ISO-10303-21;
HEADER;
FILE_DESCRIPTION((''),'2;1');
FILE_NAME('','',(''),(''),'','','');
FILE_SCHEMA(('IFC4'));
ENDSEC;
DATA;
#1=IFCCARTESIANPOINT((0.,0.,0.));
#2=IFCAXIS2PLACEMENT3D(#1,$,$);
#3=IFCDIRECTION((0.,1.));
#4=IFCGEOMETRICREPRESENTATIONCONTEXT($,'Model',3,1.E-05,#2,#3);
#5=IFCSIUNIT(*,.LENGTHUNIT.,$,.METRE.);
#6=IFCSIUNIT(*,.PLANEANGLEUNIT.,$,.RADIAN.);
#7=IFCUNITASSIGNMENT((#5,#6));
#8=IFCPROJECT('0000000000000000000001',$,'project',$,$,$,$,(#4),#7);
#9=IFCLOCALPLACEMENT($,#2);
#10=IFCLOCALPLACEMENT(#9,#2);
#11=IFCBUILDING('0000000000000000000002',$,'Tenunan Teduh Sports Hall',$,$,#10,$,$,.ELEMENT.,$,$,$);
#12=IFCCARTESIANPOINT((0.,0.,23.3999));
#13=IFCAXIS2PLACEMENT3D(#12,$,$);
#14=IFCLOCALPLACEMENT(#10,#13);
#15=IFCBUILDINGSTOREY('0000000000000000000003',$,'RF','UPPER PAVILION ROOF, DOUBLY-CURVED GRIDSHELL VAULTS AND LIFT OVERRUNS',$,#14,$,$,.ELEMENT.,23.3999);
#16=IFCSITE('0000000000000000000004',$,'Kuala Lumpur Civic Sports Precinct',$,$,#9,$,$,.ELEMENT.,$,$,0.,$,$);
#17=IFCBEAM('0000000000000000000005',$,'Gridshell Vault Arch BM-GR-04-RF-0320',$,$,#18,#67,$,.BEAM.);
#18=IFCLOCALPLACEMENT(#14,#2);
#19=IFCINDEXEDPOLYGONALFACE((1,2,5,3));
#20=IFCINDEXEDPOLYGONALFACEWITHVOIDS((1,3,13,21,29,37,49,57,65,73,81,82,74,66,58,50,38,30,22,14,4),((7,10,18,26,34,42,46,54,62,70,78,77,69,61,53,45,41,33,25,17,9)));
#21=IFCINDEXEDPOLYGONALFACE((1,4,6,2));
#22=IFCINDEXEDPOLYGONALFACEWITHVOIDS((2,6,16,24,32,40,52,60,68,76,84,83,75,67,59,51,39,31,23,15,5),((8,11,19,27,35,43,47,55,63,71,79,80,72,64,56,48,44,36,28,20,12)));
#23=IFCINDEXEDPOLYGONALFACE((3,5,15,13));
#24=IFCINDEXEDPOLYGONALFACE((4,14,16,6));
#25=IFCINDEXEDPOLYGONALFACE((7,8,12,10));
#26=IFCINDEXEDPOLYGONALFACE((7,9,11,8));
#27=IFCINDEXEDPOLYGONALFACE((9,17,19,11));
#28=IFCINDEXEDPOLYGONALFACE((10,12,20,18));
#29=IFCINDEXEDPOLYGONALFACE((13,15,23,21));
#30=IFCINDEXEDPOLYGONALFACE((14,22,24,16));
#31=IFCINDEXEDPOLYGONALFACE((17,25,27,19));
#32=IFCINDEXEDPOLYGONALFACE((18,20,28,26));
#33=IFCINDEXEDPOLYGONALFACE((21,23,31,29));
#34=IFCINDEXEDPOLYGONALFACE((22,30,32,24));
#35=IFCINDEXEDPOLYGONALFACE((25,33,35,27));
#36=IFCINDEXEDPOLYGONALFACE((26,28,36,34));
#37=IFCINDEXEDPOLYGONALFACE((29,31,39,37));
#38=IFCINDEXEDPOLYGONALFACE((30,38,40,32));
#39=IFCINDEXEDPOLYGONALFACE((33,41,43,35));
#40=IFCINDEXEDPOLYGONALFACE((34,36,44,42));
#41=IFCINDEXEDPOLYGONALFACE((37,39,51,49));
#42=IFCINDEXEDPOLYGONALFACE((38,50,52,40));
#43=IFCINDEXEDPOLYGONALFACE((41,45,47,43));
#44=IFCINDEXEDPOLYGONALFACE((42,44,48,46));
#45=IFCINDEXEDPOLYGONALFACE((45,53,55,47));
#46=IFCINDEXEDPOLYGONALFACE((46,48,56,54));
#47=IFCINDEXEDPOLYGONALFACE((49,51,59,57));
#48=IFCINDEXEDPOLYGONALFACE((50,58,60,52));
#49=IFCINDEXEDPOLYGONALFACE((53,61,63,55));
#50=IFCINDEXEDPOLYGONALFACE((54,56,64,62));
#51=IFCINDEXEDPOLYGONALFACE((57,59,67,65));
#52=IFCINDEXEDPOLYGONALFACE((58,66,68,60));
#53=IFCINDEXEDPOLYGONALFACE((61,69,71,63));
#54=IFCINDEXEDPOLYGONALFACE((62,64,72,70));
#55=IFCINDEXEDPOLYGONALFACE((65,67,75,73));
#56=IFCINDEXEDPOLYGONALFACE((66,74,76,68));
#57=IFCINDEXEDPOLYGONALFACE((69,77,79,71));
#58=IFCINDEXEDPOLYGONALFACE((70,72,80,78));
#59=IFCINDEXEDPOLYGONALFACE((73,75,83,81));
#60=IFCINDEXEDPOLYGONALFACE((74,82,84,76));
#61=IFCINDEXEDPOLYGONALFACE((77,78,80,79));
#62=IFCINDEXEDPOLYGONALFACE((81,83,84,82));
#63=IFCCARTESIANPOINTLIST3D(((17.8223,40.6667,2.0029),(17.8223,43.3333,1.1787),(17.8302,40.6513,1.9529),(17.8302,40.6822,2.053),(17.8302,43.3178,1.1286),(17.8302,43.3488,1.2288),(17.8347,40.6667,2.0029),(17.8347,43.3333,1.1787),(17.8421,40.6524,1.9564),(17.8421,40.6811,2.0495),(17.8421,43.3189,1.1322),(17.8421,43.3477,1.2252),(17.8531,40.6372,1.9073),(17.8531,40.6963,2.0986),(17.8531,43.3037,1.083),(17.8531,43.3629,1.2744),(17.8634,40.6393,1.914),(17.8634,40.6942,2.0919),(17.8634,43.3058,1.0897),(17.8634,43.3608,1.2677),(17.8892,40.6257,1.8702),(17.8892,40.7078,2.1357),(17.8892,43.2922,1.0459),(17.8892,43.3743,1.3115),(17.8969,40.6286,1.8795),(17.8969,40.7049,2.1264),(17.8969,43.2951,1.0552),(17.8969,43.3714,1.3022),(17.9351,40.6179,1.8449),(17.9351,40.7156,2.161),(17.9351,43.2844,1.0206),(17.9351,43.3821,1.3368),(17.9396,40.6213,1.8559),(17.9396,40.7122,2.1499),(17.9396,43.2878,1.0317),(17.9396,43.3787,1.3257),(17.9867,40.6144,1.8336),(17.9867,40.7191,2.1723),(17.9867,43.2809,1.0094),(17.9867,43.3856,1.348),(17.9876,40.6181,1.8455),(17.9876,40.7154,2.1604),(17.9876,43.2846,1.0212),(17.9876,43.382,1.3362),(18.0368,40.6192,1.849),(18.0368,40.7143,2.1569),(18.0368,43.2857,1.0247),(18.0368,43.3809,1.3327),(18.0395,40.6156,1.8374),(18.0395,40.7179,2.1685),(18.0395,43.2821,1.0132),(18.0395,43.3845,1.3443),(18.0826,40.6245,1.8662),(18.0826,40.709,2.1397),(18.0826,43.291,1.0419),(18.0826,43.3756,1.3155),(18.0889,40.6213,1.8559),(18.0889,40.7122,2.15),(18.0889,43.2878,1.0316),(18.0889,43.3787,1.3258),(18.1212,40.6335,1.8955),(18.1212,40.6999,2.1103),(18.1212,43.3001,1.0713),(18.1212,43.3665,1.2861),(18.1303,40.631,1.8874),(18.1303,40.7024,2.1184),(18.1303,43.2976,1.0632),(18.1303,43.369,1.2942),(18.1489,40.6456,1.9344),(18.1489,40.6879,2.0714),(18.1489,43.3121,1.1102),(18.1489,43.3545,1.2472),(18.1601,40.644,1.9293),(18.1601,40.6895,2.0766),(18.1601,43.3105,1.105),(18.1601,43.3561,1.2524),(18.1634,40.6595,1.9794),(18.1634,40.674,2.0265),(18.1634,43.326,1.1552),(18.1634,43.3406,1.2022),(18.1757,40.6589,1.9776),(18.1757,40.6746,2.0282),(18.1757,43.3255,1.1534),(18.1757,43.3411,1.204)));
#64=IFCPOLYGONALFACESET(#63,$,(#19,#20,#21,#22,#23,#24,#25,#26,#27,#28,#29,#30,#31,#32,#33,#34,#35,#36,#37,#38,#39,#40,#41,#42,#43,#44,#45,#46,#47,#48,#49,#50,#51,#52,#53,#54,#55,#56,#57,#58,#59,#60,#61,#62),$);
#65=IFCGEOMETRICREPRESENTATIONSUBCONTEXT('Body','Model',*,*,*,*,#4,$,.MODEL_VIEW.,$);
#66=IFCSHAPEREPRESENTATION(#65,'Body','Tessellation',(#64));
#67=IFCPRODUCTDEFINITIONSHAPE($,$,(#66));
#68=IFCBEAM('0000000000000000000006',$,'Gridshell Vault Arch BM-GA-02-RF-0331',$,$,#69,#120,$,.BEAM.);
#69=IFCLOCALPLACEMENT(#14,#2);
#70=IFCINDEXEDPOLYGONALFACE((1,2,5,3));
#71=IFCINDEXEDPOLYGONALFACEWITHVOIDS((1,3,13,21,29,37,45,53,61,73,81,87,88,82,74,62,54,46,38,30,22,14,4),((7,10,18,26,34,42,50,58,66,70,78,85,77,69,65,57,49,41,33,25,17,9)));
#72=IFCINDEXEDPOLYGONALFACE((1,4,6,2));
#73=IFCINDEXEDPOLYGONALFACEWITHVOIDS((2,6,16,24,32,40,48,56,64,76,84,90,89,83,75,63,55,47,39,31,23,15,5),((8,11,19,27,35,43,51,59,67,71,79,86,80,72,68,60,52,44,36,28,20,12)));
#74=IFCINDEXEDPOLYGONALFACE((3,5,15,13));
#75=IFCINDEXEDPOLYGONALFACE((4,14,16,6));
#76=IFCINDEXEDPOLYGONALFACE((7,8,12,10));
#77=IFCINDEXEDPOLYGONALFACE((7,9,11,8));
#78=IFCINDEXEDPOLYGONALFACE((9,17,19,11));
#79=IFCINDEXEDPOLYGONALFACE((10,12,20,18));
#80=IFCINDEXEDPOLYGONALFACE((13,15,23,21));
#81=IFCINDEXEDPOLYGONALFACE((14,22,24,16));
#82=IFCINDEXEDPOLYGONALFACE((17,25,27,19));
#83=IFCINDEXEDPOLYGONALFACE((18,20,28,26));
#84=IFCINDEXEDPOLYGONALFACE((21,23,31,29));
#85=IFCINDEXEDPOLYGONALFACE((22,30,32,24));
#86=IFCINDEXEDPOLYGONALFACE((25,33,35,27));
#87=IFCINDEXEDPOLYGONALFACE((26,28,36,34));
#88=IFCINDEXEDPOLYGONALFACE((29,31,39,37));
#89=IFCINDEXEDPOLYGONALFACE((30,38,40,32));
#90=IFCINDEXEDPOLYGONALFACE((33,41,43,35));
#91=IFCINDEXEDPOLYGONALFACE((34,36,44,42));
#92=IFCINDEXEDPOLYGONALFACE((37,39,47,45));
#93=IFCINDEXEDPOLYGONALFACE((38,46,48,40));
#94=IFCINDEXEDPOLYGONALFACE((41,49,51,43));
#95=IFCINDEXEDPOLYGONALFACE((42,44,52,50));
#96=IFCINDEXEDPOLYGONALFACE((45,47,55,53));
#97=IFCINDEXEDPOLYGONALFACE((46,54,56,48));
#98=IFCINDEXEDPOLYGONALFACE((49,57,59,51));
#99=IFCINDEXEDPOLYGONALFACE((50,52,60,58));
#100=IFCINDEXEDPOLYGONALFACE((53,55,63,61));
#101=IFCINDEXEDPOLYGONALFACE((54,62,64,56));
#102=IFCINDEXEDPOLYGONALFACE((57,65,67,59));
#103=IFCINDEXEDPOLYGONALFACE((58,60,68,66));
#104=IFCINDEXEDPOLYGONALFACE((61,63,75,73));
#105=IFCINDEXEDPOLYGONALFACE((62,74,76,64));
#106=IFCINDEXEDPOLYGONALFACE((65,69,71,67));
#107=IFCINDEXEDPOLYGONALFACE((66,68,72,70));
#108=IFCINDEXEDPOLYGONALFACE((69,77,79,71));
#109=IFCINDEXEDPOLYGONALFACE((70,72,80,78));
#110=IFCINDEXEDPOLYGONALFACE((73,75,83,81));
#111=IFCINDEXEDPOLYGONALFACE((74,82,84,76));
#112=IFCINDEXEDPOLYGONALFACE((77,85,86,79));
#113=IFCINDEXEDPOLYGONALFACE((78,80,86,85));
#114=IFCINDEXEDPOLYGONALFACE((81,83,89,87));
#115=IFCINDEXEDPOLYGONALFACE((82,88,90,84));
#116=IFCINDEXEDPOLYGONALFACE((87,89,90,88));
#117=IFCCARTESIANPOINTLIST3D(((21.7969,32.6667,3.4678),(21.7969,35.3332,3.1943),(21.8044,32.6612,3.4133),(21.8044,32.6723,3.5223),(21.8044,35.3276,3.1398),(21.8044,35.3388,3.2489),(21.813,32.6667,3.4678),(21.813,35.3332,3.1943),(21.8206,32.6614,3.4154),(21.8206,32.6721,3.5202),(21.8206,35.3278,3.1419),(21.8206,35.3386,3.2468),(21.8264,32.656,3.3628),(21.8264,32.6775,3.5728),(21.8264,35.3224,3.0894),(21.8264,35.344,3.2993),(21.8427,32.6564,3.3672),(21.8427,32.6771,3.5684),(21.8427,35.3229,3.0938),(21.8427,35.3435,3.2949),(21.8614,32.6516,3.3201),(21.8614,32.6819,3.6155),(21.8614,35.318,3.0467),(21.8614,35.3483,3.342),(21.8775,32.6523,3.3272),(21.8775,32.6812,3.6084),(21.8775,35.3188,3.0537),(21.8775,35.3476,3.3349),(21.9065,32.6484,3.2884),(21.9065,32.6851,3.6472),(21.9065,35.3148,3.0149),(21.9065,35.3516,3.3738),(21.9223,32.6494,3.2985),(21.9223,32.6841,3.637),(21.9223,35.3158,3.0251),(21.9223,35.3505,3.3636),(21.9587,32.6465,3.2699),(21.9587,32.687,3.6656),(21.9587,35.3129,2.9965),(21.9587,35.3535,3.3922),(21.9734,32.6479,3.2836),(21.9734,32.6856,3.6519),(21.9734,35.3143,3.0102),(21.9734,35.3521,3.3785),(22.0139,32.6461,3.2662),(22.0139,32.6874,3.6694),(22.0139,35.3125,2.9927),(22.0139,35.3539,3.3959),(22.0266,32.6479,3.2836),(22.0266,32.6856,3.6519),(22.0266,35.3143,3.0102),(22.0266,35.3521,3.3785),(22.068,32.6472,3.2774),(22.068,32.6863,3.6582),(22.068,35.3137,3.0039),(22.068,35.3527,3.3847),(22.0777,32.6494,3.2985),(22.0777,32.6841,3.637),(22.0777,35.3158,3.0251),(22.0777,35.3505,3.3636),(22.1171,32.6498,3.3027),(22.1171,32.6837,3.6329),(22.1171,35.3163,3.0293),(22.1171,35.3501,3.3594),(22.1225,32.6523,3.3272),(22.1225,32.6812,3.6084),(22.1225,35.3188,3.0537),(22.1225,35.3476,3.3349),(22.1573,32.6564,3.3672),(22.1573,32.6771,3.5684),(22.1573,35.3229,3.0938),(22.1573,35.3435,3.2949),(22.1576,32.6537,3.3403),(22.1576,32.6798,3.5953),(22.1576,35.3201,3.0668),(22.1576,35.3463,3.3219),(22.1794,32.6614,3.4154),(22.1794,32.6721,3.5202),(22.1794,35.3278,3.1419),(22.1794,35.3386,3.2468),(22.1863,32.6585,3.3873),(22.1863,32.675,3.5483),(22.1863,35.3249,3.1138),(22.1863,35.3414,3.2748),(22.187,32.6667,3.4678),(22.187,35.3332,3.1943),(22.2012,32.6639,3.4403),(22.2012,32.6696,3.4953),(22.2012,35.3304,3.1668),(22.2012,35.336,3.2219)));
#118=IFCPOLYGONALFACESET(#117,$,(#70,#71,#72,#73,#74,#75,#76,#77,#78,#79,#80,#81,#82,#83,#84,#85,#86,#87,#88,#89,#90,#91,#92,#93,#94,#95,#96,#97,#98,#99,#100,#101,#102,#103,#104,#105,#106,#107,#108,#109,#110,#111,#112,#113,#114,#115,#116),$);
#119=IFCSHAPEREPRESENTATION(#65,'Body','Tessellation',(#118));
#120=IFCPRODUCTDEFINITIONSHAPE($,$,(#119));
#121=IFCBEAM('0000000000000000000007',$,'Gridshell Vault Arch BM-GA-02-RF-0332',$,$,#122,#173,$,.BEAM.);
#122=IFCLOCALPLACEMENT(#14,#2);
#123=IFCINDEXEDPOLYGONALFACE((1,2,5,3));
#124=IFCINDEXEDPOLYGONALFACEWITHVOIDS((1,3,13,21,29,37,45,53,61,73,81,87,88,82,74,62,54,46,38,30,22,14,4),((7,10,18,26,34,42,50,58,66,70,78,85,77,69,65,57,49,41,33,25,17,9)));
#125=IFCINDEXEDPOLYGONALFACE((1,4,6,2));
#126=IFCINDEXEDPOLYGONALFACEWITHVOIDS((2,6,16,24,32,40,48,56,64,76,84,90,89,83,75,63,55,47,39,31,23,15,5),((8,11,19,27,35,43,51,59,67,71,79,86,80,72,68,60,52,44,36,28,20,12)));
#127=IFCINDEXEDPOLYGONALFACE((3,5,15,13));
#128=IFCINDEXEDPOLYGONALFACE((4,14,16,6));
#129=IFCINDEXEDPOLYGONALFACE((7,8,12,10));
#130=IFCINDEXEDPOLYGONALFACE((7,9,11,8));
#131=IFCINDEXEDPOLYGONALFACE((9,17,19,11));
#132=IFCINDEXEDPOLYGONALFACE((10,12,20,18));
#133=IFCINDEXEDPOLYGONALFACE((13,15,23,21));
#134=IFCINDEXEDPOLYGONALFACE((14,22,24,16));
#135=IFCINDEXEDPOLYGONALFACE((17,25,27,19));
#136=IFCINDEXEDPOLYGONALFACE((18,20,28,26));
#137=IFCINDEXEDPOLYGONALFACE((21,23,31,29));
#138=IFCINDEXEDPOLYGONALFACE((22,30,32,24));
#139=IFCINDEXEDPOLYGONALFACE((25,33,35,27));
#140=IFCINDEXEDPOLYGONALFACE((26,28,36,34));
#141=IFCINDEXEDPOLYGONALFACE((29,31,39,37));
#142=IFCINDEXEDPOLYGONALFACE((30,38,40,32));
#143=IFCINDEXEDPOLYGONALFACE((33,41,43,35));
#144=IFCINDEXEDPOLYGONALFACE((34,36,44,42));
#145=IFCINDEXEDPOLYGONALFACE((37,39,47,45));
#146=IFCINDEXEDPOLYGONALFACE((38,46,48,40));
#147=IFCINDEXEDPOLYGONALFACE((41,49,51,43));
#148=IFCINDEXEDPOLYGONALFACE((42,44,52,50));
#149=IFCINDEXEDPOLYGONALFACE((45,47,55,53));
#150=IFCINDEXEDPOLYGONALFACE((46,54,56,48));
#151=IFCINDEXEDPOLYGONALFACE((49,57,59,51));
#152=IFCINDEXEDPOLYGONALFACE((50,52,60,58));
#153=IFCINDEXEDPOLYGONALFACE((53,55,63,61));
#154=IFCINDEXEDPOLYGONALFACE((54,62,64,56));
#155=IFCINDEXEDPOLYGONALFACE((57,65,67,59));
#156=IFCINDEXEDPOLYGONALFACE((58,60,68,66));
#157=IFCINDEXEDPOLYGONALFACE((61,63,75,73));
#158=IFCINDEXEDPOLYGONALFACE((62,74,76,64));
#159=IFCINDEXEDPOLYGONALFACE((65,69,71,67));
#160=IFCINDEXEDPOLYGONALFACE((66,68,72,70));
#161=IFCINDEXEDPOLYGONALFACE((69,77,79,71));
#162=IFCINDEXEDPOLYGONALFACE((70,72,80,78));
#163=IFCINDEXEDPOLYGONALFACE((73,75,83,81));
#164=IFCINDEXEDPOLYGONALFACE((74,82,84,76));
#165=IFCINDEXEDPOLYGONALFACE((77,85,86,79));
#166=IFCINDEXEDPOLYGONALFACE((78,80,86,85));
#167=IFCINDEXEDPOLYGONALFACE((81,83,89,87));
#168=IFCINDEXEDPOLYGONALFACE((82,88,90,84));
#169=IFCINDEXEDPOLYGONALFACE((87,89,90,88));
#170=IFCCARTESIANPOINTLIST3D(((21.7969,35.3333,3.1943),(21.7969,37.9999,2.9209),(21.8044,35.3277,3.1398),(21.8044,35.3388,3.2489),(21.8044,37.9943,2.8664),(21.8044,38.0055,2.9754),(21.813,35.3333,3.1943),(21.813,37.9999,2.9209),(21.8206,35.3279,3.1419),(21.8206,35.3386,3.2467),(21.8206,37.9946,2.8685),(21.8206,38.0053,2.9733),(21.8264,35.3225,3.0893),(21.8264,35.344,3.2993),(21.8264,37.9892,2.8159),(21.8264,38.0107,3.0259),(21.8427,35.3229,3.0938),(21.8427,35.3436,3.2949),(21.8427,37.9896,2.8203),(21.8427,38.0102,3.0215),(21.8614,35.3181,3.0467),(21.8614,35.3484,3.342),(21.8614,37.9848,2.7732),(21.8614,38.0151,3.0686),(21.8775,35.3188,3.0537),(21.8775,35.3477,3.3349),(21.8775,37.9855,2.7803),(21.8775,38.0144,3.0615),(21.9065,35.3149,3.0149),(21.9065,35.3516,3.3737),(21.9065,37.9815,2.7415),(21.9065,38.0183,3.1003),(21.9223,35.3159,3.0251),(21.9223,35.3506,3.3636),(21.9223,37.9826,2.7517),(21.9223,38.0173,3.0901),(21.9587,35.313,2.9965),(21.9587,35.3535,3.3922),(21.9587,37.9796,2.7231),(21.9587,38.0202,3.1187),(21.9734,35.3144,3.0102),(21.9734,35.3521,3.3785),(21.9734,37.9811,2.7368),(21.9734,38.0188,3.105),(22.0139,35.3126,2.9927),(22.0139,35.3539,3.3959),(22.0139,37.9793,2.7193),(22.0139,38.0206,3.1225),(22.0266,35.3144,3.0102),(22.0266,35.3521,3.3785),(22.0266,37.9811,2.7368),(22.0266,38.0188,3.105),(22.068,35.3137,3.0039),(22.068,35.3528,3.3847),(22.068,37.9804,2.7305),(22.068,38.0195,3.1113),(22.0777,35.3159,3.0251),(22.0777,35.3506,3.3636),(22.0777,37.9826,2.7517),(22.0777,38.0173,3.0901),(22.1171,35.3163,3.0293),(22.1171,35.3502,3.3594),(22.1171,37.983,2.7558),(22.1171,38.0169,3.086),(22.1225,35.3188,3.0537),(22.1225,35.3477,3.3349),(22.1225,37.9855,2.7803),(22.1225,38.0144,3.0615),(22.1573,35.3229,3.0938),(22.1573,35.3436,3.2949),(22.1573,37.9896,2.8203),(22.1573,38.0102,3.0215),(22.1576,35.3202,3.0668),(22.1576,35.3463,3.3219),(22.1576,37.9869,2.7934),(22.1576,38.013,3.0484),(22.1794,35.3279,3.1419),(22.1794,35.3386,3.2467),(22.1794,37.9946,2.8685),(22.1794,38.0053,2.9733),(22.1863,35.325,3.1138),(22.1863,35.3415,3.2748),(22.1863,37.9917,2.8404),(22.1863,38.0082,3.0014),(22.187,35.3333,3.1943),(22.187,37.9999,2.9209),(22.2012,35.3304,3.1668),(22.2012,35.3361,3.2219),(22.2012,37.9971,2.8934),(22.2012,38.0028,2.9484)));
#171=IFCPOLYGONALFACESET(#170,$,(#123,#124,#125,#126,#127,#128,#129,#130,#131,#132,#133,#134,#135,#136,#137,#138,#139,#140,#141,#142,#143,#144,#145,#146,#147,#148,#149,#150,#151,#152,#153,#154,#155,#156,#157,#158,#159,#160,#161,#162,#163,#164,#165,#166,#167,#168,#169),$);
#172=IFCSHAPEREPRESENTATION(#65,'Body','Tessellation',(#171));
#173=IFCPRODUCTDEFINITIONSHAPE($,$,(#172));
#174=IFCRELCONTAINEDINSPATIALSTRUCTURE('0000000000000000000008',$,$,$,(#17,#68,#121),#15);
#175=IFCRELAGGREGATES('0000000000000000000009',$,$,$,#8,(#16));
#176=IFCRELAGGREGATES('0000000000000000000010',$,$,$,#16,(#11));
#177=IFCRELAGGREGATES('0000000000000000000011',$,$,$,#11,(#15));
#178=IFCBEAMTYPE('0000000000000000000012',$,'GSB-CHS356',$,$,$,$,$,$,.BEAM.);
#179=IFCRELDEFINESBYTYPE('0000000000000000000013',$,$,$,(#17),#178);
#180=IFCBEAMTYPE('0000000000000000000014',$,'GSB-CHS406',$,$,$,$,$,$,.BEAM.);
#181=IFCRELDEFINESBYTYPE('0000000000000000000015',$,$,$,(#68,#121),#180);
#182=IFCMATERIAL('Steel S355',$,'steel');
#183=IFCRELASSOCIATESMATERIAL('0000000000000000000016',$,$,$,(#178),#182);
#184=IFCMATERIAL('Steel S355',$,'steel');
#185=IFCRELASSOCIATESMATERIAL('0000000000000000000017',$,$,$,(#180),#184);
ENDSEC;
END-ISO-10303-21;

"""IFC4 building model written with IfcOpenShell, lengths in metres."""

from ifc_helpers import new_model, si_unit, direction, frame, origin, origin_2d, place, context, subcontext, project, spatial, hollow_circle, extrude, material, material_profile, profile_set, type_object, element, save


model = new_model("IFC4")

# Units and contexts
model_context = context("Model", 3, precision=1e-05, world=origin(), true_north=direction((0.0, 1.0)))
body_context = subcontext(model_context, "Body", "Model", "MODEL_VIEW")
ifc_project = project(units=[si_unit("LENGTHUNIT", "METRE"), si_unit("PLANEANGLEUNIT", "RADIAN")], contexts=[model_context])

# Site, building, storey
site_placement = place(None, origin())
site = spatial("IfcSite", under=ifc_project, at=site_placement, Name="Kuala Lumpur Civic Sports Precinct", CompositionType="ELEMENT", RefElevation=0.0)
building_placement = place(site_placement, origin())
building = spatial("IfcBuilding", under=site, at=building_placement, Name="Tenunan Teduh Sports Hall", CompositionType="ELEMENT")
storey_placement = place(building_placement, frame((0.0, 0.0, 23.3999)))
storey = spatial("IfcBuildingStorey", under=building, at=storey_placement, Name="RF", Description="UPPER PAVILION ROOF, DOUBLY-CURVED GRIDSHELL VAULTS AND LIFT OVERRUNS", CompositionType="ELEMENT", Elevation=23.3999)

# Beams
ifc_material_1 = material(Name="Steel S355", Category="steel")
ifc_material_profile_1 = material_profile(ifc_material_1, hollow_circle(Radius=0.1777, WallThickness=0.0125, at=origin_2d()), Name="CHS 355.6x12.5")
ifc_profile_set_1 = profile_set([ifc_material_profile_1], Name="Steel S355")
beam_type_1 = type_object("IfcBeamType", Name="GSB-CHS356", PredefinedType="BEAM", material=ifc_profile_set_1)
beam_1_placement = place(storey_placement, frame((18.0, 40.6667, 2.0029), z_axis=(0.0, 0.9554, -0.295315), x_axis=(-1.0, 0.0, 0.0)))
element("IfcBeam", 1, at=beam_1_placement, inside=storey, type_object=beam_type_1, Name="Gridshell Vault Arch BM-GR-04-RF-0320", PredefinedType="BEAM", context=body_context, shape_type="SweptSolid", body=[
    extrude(hollow_circle(Radius=0.1777, WallThickness=0.0125, at=origin_2d()), origin(), (0.0, 0.0, 1.0), 2.791),
])
ifc_material_2 = material(Name="Steel S355", Category="steel")
ifc_material_profile_2 = material_profile(ifc_material_2, hollow_circle(Radius=0.2031, WallThickness=0.0161, at=origin_2d()), Name="CHS 406.4x16.0")
ifc_profile_set_2 = profile_set([ifc_material_profile_2], Name="Steel S355")
beam_type_2 = type_object("IfcBeamType", Name="GSB-CHS406", PredefinedType="BEAM", material=ifc_profile_set_2)
beam_2_placement = place(storey_placement, frame((22.0, 32.6667, 3.4678), z_axis=(0.0, 0.994783, -0.10201), x_axis=(-1.0, 0.0, 0.0)))
element("IfcBeam", 2, at=beam_2_placement, inside=storey, type_object=beam_type_2, Name="Gridshell Vault Arch BM-GA-02-RF-0331", PredefinedType="BEAM", context=body_context, shape_type="SweptSolid", body=[
    extrude(hollow_circle(Radius=0.2031, WallThickness=0.0161, at=origin_2d()), origin(), (0.0, 0.0, 1.0), 2.6804),
])
beam_3_placement = place(storey_placement, frame((22.0, 35.3333, 3.1943), z_axis=(0.0, 0.994784, -0.102001), x_axis=(-1.0, 0.0, 0.0)))
element("IfcBeam", 3, at=beam_3_placement, inside=storey, type_object=beam_type_2, Name="Gridshell Vault Arch BM-GA-02-RF-0332", PredefinedType="BEAM", context=body_context, shape_type="SweptSolid", body=[
    extrude(hollow_circle(Radius=0.2031, WallThickness=0.0161, at=origin_2d()), origin(), (0.0, 0.0, 1.0), 2.6807),
])

save(model, "model.ifc")
